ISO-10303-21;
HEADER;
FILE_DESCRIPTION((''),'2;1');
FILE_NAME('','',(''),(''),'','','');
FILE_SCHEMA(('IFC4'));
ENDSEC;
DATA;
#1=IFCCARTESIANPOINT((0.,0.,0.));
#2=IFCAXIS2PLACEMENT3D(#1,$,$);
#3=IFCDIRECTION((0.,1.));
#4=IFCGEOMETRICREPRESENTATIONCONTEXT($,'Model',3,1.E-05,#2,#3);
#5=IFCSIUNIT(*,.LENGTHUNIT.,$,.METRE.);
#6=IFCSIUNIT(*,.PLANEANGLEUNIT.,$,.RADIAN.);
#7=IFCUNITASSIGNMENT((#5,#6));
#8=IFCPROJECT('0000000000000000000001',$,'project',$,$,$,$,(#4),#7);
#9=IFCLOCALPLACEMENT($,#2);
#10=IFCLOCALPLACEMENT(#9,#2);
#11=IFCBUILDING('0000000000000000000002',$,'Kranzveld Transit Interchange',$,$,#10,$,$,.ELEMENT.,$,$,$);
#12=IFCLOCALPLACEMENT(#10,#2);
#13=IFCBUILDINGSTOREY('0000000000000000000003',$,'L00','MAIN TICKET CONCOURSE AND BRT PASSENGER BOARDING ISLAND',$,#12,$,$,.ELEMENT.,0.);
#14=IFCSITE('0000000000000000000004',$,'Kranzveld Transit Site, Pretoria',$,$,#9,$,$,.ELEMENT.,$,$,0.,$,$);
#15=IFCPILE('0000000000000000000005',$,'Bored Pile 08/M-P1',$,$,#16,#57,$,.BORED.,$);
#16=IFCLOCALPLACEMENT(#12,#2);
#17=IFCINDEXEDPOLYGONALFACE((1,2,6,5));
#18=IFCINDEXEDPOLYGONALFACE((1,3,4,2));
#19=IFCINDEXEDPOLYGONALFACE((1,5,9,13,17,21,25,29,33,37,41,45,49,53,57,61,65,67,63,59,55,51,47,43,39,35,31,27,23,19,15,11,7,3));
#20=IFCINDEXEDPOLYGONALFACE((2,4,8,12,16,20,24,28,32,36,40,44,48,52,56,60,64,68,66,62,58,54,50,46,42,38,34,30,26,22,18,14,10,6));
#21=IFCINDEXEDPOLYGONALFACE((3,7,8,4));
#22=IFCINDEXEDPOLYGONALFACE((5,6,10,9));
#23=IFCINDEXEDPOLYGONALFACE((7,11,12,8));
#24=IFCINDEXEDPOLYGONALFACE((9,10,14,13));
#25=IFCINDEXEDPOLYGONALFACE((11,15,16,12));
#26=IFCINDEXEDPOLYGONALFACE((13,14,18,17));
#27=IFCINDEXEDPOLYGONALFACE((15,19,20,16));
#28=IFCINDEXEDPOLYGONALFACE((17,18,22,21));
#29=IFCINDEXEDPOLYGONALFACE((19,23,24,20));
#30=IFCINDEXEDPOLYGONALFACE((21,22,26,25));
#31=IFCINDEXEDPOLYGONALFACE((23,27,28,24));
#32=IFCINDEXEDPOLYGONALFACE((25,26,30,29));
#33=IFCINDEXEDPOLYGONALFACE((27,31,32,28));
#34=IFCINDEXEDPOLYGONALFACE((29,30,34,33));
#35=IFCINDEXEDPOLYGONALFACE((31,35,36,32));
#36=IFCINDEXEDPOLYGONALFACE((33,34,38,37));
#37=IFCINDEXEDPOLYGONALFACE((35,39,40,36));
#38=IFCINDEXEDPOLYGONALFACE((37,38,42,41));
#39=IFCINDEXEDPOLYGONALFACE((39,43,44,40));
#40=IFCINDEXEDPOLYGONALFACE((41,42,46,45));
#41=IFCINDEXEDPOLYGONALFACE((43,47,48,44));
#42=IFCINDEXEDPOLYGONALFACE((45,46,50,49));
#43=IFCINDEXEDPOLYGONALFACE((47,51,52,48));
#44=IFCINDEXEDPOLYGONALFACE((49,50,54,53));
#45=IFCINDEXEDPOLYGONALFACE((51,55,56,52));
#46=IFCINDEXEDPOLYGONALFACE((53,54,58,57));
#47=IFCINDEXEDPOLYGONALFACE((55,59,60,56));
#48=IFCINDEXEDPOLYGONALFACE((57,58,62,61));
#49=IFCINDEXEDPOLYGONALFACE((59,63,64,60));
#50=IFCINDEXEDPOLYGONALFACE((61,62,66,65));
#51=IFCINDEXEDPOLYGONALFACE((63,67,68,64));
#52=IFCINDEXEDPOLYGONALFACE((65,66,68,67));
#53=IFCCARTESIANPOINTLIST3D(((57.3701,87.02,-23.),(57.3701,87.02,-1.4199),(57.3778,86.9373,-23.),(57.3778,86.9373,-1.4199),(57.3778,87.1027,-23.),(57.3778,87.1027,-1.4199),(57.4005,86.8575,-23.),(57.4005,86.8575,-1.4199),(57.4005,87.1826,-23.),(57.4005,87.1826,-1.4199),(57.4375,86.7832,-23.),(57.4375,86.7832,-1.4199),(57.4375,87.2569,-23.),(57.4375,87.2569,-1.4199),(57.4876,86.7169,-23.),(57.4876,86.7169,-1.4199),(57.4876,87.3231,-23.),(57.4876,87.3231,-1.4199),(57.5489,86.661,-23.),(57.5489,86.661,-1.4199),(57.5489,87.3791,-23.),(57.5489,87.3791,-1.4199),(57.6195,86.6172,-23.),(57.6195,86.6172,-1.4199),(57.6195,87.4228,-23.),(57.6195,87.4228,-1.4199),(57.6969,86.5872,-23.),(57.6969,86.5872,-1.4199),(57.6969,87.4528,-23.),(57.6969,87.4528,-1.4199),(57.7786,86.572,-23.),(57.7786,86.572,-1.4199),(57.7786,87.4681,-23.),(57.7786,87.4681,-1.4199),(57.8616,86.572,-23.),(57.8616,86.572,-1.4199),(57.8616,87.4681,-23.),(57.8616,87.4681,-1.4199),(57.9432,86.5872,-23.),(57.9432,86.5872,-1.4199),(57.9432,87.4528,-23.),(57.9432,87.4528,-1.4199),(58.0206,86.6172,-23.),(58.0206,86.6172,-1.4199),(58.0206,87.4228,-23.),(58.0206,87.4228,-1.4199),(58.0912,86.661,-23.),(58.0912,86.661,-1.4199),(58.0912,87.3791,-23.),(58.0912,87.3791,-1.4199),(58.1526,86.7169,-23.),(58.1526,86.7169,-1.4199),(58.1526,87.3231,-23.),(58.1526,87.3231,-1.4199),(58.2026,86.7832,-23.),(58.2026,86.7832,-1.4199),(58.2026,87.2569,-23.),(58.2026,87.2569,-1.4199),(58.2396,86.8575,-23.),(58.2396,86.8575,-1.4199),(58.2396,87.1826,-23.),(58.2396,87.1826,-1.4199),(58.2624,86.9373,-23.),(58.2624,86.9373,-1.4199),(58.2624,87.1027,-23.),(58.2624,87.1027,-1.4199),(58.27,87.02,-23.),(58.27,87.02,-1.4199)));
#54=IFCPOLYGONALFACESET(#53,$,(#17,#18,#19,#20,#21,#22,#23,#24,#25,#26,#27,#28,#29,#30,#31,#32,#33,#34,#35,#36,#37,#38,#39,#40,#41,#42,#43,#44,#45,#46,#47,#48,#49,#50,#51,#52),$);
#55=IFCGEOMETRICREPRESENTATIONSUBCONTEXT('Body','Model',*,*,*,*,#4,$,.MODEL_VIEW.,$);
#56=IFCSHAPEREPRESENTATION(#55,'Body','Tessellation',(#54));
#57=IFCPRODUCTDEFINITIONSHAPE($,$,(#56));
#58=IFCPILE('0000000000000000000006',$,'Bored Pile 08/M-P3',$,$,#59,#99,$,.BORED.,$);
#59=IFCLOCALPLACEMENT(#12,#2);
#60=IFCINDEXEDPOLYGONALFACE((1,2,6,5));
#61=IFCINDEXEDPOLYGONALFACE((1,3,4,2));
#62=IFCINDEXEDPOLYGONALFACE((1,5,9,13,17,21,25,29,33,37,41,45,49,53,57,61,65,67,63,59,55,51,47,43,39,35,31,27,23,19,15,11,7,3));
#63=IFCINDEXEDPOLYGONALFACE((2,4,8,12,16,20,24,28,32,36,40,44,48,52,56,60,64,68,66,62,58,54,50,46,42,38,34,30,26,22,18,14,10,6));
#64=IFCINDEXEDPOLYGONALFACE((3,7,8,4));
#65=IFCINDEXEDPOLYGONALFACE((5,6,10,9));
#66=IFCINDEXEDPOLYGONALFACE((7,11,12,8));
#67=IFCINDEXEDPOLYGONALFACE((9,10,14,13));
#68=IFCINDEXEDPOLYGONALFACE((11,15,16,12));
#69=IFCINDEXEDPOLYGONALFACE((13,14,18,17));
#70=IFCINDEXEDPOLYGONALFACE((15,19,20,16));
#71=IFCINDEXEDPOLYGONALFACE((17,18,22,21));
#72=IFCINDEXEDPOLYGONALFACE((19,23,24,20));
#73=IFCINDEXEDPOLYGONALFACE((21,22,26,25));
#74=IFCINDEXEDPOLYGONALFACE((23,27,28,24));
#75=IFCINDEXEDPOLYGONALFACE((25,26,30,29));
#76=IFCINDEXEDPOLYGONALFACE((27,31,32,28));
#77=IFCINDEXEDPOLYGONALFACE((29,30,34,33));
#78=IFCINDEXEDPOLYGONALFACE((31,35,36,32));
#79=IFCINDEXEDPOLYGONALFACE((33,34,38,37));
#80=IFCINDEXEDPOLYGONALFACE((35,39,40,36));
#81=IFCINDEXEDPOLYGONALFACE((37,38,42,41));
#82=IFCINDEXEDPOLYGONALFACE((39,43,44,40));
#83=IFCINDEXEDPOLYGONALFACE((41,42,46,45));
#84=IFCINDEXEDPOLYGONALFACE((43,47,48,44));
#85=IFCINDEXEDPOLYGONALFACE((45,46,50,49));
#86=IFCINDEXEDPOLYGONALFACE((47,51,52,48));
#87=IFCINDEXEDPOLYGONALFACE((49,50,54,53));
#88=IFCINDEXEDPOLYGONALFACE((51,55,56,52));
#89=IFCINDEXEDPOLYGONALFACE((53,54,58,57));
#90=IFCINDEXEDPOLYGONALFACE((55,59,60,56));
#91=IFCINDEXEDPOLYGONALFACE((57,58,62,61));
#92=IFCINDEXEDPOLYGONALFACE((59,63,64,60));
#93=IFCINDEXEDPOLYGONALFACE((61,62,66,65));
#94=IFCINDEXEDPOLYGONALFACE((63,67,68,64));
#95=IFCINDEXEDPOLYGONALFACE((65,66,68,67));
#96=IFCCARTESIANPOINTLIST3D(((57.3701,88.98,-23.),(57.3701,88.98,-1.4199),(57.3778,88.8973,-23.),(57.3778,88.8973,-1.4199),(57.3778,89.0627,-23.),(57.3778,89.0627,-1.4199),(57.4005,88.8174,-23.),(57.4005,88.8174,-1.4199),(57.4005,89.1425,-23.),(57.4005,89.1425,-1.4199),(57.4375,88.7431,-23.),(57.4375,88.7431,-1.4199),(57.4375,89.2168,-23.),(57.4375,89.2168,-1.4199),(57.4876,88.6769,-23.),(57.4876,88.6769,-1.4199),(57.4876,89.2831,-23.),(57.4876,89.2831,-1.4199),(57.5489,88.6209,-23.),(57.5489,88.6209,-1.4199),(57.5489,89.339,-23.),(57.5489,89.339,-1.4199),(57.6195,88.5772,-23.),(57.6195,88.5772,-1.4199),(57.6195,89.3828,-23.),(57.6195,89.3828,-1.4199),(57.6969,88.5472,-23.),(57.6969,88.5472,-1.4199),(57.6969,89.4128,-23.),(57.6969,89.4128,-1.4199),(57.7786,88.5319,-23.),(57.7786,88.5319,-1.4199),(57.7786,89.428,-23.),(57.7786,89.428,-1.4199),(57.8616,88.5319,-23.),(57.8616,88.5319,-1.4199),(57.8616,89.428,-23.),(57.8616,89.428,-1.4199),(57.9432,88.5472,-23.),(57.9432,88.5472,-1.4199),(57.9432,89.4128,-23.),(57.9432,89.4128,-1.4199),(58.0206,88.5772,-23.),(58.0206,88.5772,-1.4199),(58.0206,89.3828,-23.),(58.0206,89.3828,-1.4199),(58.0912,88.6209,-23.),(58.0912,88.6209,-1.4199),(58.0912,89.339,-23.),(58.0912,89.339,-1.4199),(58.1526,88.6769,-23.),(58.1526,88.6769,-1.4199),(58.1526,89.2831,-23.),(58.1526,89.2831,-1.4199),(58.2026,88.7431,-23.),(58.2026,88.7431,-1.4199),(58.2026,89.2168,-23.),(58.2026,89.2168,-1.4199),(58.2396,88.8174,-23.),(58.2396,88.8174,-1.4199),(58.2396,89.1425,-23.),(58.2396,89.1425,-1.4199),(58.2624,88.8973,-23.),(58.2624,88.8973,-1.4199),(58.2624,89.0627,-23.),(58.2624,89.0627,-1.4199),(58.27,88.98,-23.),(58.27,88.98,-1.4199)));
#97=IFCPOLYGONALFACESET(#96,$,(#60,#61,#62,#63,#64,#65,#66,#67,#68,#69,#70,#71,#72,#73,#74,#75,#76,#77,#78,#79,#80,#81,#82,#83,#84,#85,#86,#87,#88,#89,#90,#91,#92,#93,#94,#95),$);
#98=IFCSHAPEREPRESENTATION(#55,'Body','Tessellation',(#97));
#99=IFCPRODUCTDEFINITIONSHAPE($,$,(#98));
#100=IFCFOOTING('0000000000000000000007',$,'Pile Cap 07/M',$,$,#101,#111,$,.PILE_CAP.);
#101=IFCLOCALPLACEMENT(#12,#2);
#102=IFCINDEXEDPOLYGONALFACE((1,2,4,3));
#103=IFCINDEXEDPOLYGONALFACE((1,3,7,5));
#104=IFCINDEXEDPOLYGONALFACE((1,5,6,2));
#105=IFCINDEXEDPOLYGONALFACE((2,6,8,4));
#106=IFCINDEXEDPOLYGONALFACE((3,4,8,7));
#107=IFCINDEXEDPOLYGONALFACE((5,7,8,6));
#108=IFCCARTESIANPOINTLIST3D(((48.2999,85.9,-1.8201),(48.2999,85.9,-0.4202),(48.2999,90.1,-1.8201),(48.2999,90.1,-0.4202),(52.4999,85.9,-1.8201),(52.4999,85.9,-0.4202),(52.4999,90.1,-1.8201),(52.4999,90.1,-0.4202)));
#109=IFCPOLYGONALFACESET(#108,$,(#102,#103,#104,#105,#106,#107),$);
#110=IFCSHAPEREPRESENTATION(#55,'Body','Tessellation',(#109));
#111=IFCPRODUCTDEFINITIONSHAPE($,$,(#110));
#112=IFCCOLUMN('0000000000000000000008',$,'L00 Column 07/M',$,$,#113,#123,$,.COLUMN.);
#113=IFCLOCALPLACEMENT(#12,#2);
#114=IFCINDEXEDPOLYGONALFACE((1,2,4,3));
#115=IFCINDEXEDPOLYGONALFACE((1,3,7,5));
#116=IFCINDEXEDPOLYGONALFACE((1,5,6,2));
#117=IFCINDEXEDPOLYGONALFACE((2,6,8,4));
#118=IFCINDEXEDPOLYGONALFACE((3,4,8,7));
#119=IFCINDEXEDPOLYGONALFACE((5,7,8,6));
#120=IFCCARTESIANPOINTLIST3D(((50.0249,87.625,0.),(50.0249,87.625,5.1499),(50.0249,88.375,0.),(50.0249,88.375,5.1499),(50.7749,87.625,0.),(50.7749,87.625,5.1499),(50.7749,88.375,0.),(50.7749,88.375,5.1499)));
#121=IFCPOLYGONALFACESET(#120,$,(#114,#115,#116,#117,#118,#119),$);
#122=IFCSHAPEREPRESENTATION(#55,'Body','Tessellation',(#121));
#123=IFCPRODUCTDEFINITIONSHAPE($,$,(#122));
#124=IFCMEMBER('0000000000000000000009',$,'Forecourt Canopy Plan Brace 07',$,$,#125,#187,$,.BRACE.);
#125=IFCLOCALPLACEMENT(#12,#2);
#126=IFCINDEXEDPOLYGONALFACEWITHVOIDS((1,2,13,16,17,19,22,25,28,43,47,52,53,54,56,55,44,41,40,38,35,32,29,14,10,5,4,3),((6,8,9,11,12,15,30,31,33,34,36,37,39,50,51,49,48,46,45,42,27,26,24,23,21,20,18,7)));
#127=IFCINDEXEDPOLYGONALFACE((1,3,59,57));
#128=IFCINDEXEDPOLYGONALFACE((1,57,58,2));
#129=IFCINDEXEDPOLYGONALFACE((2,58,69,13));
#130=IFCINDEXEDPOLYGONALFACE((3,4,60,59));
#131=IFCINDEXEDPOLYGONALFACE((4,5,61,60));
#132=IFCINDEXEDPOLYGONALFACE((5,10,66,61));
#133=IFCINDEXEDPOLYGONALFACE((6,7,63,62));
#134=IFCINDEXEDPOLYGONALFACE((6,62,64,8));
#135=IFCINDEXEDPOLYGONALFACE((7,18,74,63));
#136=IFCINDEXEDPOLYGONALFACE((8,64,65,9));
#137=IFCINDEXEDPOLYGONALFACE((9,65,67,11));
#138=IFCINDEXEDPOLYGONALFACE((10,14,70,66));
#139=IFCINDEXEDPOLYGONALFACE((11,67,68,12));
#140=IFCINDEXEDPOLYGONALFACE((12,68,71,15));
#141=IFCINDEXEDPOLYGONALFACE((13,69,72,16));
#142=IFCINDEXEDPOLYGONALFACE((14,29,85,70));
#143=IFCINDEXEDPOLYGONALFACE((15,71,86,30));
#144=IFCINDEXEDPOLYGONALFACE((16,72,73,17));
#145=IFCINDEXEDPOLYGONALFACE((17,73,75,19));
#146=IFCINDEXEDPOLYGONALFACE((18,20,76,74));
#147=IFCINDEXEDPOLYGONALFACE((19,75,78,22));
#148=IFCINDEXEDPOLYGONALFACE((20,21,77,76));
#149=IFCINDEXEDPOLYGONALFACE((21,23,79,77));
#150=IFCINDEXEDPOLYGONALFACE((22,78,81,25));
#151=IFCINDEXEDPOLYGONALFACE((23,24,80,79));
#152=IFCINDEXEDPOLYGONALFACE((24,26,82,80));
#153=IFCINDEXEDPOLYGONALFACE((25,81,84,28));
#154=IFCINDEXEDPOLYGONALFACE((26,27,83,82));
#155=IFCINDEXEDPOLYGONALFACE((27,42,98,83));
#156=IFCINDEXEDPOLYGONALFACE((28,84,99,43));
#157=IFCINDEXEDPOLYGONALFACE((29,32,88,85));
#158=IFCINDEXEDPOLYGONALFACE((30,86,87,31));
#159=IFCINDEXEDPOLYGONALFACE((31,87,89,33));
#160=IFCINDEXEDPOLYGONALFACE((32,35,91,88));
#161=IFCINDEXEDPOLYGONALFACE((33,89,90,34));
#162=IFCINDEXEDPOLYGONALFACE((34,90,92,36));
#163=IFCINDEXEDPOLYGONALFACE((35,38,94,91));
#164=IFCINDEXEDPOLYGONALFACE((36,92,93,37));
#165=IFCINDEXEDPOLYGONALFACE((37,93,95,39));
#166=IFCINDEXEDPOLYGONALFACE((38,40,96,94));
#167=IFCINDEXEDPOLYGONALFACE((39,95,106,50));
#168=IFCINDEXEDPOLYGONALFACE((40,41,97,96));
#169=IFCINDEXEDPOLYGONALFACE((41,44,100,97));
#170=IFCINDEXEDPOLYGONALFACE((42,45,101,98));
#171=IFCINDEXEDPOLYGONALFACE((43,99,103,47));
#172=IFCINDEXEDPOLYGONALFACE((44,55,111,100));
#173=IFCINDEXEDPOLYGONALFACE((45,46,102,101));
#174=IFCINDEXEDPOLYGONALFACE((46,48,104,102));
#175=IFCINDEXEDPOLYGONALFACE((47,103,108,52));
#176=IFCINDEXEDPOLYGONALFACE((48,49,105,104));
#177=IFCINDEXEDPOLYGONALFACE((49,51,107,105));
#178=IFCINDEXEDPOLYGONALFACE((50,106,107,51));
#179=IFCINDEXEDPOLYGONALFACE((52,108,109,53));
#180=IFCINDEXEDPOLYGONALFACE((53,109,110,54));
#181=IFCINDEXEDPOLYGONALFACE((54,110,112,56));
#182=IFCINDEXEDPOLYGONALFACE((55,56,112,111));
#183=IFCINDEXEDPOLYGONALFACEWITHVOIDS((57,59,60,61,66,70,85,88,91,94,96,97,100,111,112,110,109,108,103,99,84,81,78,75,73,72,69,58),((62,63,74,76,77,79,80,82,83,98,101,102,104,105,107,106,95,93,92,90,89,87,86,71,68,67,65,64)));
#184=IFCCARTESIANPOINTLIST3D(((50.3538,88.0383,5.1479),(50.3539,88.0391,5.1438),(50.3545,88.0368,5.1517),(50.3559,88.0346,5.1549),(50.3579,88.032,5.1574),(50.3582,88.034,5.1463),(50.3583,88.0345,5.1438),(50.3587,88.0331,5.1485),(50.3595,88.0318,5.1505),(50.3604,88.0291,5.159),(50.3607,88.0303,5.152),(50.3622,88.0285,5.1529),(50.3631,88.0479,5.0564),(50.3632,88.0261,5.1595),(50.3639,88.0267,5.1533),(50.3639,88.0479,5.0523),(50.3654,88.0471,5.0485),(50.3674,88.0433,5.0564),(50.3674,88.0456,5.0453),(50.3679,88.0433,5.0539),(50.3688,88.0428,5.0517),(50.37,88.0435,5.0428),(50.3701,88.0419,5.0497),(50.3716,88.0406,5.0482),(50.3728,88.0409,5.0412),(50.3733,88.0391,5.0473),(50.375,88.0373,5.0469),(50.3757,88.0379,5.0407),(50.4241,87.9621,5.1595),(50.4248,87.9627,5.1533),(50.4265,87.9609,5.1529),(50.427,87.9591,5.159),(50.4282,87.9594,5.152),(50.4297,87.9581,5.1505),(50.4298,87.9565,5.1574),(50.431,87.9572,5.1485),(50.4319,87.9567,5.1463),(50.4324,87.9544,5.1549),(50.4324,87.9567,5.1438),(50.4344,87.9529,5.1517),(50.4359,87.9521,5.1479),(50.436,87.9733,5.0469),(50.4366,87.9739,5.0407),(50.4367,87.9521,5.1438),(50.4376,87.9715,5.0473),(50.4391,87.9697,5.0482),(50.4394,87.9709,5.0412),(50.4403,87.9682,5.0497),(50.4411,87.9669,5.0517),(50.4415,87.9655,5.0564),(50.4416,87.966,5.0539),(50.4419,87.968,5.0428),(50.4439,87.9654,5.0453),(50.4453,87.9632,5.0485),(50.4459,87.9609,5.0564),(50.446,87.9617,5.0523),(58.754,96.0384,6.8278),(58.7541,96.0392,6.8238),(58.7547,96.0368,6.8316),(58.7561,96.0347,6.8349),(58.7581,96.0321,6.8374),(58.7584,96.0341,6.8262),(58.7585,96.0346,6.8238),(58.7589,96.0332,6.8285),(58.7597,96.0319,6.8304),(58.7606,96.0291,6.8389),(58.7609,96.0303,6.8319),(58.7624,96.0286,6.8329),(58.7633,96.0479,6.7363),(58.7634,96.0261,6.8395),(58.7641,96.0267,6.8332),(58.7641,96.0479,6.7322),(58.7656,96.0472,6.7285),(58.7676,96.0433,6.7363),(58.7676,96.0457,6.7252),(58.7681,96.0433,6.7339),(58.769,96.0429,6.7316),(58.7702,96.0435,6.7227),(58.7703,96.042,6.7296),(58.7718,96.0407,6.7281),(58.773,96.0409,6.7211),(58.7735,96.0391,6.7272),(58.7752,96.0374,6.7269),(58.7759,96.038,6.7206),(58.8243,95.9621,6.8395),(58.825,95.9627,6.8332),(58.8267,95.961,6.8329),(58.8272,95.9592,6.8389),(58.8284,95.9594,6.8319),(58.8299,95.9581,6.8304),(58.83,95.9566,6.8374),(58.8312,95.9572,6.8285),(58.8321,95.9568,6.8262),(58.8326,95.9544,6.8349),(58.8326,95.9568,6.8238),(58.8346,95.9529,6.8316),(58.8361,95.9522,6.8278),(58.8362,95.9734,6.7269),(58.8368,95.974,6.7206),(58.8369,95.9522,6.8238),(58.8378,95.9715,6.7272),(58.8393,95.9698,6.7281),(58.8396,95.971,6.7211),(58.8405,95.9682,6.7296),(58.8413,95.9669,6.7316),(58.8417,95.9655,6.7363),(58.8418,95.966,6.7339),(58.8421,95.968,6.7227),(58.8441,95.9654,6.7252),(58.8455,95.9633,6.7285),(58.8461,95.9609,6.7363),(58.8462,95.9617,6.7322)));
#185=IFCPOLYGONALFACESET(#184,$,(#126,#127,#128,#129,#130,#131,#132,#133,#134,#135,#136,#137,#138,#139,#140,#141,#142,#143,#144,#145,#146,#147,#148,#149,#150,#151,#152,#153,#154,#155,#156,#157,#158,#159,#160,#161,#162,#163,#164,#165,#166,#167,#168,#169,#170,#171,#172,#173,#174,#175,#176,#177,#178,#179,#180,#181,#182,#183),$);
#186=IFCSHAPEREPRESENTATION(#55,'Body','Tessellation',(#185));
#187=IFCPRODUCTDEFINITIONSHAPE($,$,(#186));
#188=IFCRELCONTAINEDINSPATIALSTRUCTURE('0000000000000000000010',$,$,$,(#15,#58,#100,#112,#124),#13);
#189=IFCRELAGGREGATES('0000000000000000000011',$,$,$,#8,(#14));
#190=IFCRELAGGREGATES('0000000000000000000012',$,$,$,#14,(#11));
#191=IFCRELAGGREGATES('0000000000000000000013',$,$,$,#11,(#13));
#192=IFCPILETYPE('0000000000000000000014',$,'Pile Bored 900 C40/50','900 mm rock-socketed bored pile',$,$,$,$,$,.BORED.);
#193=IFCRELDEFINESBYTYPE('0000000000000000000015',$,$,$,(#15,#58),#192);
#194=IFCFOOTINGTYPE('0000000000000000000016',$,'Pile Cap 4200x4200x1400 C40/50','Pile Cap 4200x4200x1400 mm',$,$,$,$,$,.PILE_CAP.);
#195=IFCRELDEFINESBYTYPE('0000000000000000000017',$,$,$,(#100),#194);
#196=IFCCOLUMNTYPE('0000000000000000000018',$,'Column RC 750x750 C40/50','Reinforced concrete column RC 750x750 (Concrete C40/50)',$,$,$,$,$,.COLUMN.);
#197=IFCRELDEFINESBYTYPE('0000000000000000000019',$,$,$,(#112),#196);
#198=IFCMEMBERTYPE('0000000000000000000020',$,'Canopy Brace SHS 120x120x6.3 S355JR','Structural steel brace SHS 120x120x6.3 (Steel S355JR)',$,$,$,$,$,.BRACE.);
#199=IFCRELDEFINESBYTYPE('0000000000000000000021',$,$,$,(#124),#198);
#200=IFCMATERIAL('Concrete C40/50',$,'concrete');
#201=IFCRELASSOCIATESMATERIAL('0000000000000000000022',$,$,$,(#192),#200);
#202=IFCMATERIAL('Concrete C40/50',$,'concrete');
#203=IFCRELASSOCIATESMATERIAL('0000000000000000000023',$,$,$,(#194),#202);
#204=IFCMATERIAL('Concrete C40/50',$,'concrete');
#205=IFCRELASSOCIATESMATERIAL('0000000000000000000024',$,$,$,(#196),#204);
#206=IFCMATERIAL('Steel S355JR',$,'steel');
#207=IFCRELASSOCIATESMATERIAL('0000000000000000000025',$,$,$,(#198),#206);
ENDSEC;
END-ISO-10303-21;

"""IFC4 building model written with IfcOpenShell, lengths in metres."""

from ifc_helpers import new_model, si_unit, direction, frame, origin, origin_2d, place, context, subcontext, project, spatial, rectangle, hollow_rectangle, circle, extrude, material, material_profile, profile_set, type_object, element, save


model = new_model("IFC4")

# Units and contexts
model_context = context("Model", 3, precision=1e-05, world=origin(), true_north=direction((0.0, 1.0)))
body_context = subcontext(model_context, "Body", "Model", "MODEL_VIEW")
ifc_project = project(units=[si_unit("LENGTHUNIT", "METRE"), si_unit("PLANEANGLEUNIT", "RADIAN")], contexts=[model_context])

# Site, building, storey
site_placement = place(None, origin())
site = spatial("IfcSite", under=ifc_project, at=site_placement, Name="Kranzveld Transit Site, Pretoria", CompositionType="ELEMENT", RefElevation=0.0)
building_placement = place(site_placement, origin())
building = spatial("IfcBuilding", under=site, at=building_placement, Name="Kranzveld Transit Interchange", CompositionType="ELEMENT")
storey_placement = place(building_placement, origin())
storey = spatial("IfcBuildingStorey", under=building, at=storey_placement, Name="L00", Description="MAIN TICKET CONCOURSE AND BRT PASSENGER BOARDING ISLAND", CompositionType="ELEMENT", Elevation=0.0)

# Piles
ifc_material_1 = material(Name="Concrete C40/50", Category="concrete")
ifc_material_profile_1 = material_profile(ifc_material_1, circle(Radius=0.45, at=origin_2d()), Name="BORED PILE 900")
ifc_profile_set_1 = profile_set([ifc_material_profile_1], Name="Concrete C40/50")
pile_type_1 = type_object("IfcPileType", Name="Pile Bored 900 C40/50", Description="900 mm rock-socketed bored pile", PredefinedType="BORED", material=ifc_profile_set_1)
for number, where, z_axis, x_axis, name in (
    (1, (57.8201, 87.02, -1.4199), (0.0, 0.0, -1.0), (1.0, 0.0, 0.0), "Bored Pile 08/M-P1"),
    (2, (57.8201, 88.98, -1.4199), (0.0, 0.0, -1.0), (1.0, 0.0, 0.0), "Bored Pile 08/M-P3"),
):
    element("IfcPile", number, at=place(storey_placement, frame(where, z_axis=z_axis, x_axis=x_axis)), inside=storey, type_object=pile_type_1, Name=name, PredefinedType="BORED", context=body_context, shape_type="SweptSolid", body=[
        extrude(circle(Radius=0.45, at=origin_2d()), origin(), (0.0, 0.0, 1.0), 21.5801),
    ])

# Footing
ifc_material_2 = material(Name="Concrete C40/50", Category="concrete")
footing_type = type_object("IfcFootingType", Name="Pile Cap 4200x4200x1400 C40/50", Description="Pile Cap 4200x4200x1400 mm", PredefinedType="PILE_CAP", material=ifc_material_2)
footing_placement = place(storey_placement, frame((50.3999, 88.0, -1.8201), z_axis=(0.0, 0.0, 1.0), x_axis=(1.0, 0.0, 0.0)))
element("IfcFooting", 3, at=footing_placement, inside=storey, type_object=footing_type, Name="Pile Cap 07/M", PredefinedType="PILE_CAP", context=body_context, shape_type="SweptSolid", body=[
    extrude(rectangle(XDim=4.2, YDim=4.2, at=origin_2d()), origin(), (0.0, 0.0, 1.0), 1.3999),
])

# Column
ifc_material_3 = material(Name="Concrete C40/50", Category="concrete")
ifc_material_profile_2 = material_profile(ifc_material_3, rectangle(XDim=0.75, YDim=0.75, at=origin_2d()), Name="RC 750x750")
ifc_profile_set_2 = profile_set([ifc_material_profile_2], Name="Concrete C40/50")
column_type = type_object("IfcColumnType", Name="Column RC 750x750 C40/50", Description="Reinforced concrete column RC 750x750 (Concrete C40/50)", PredefinedType="COLUMN", material=ifc_profile_set_2)
column_placement = place(storey_placement, frame((50.3999, 88.0, 0.0), z_axis=(0.0, 0.0, 1.0), x_axis=(1.0, 0.0, 0.0)))
element("IfcColumn", 4, at=column_placement, inside=storey, type_object=column_type, Name="L00 Column 07/M", PredefinedType="COLUMN", context=body_context, shape_type="SweptSolid", body=[
    extrude(rectangle(XDim=0.75, YDim=0.75, at=origin_2d()), origin(), (0.0, 0.0, 1.0), 5.1499),
])

# Member
ifc_material_4 = material(Name="Steel S355JR", Category="steel")
ifc_material_profile_3 = material_profile(ifc_material_4, hollow_rectangle(XDim=0.1201, YDim=0.1201, WallThickness=0.0063, InnerFilletRadius=0.0095, OuterFilletRadius=0.0159, at=origin_2d()), Name="SHS 120x120x6.3")
ifc_profile_set_3 = profile_set([ifc_material_profile_3], Name="Steel S355JR")
member_type_1 = type_object("IfcMemberType", Name="Canopy Brace SHS 120x120x6.3 S355JR", Description="Structural steel brace SHS 120x120x6.3 (Steel S355JR)", PredefinedType="BRACE", material=ifc_profile_set_3)
member_1_placement = place(storey_placement, frame((50.3999, 88.0, 5.1001), z_axis=(0.716668, 0.682529, 0.143325), x_axis=(-0.689649, 0.724144, 0.0)))
element("IfcMember", 5, at=member_1_placement, inside=storey, type_object=member_type_1, Name="Forecourt Canopy Plan Brace 07", PredefinedType="BRACE", context=body_context, shape_type="SweptSolid", body=[
    extrude(hollow_rectangle(XDim=0.1201, YDim=0.1201, WallThickness=0.0063, InnerFilletRadius=0.0095, OuterFilletRadius=0.0159, at=origin_2d()), origin(), (0.0, 0.0, 1.0), 11.7212),
])

save(model, "model.ifc")
